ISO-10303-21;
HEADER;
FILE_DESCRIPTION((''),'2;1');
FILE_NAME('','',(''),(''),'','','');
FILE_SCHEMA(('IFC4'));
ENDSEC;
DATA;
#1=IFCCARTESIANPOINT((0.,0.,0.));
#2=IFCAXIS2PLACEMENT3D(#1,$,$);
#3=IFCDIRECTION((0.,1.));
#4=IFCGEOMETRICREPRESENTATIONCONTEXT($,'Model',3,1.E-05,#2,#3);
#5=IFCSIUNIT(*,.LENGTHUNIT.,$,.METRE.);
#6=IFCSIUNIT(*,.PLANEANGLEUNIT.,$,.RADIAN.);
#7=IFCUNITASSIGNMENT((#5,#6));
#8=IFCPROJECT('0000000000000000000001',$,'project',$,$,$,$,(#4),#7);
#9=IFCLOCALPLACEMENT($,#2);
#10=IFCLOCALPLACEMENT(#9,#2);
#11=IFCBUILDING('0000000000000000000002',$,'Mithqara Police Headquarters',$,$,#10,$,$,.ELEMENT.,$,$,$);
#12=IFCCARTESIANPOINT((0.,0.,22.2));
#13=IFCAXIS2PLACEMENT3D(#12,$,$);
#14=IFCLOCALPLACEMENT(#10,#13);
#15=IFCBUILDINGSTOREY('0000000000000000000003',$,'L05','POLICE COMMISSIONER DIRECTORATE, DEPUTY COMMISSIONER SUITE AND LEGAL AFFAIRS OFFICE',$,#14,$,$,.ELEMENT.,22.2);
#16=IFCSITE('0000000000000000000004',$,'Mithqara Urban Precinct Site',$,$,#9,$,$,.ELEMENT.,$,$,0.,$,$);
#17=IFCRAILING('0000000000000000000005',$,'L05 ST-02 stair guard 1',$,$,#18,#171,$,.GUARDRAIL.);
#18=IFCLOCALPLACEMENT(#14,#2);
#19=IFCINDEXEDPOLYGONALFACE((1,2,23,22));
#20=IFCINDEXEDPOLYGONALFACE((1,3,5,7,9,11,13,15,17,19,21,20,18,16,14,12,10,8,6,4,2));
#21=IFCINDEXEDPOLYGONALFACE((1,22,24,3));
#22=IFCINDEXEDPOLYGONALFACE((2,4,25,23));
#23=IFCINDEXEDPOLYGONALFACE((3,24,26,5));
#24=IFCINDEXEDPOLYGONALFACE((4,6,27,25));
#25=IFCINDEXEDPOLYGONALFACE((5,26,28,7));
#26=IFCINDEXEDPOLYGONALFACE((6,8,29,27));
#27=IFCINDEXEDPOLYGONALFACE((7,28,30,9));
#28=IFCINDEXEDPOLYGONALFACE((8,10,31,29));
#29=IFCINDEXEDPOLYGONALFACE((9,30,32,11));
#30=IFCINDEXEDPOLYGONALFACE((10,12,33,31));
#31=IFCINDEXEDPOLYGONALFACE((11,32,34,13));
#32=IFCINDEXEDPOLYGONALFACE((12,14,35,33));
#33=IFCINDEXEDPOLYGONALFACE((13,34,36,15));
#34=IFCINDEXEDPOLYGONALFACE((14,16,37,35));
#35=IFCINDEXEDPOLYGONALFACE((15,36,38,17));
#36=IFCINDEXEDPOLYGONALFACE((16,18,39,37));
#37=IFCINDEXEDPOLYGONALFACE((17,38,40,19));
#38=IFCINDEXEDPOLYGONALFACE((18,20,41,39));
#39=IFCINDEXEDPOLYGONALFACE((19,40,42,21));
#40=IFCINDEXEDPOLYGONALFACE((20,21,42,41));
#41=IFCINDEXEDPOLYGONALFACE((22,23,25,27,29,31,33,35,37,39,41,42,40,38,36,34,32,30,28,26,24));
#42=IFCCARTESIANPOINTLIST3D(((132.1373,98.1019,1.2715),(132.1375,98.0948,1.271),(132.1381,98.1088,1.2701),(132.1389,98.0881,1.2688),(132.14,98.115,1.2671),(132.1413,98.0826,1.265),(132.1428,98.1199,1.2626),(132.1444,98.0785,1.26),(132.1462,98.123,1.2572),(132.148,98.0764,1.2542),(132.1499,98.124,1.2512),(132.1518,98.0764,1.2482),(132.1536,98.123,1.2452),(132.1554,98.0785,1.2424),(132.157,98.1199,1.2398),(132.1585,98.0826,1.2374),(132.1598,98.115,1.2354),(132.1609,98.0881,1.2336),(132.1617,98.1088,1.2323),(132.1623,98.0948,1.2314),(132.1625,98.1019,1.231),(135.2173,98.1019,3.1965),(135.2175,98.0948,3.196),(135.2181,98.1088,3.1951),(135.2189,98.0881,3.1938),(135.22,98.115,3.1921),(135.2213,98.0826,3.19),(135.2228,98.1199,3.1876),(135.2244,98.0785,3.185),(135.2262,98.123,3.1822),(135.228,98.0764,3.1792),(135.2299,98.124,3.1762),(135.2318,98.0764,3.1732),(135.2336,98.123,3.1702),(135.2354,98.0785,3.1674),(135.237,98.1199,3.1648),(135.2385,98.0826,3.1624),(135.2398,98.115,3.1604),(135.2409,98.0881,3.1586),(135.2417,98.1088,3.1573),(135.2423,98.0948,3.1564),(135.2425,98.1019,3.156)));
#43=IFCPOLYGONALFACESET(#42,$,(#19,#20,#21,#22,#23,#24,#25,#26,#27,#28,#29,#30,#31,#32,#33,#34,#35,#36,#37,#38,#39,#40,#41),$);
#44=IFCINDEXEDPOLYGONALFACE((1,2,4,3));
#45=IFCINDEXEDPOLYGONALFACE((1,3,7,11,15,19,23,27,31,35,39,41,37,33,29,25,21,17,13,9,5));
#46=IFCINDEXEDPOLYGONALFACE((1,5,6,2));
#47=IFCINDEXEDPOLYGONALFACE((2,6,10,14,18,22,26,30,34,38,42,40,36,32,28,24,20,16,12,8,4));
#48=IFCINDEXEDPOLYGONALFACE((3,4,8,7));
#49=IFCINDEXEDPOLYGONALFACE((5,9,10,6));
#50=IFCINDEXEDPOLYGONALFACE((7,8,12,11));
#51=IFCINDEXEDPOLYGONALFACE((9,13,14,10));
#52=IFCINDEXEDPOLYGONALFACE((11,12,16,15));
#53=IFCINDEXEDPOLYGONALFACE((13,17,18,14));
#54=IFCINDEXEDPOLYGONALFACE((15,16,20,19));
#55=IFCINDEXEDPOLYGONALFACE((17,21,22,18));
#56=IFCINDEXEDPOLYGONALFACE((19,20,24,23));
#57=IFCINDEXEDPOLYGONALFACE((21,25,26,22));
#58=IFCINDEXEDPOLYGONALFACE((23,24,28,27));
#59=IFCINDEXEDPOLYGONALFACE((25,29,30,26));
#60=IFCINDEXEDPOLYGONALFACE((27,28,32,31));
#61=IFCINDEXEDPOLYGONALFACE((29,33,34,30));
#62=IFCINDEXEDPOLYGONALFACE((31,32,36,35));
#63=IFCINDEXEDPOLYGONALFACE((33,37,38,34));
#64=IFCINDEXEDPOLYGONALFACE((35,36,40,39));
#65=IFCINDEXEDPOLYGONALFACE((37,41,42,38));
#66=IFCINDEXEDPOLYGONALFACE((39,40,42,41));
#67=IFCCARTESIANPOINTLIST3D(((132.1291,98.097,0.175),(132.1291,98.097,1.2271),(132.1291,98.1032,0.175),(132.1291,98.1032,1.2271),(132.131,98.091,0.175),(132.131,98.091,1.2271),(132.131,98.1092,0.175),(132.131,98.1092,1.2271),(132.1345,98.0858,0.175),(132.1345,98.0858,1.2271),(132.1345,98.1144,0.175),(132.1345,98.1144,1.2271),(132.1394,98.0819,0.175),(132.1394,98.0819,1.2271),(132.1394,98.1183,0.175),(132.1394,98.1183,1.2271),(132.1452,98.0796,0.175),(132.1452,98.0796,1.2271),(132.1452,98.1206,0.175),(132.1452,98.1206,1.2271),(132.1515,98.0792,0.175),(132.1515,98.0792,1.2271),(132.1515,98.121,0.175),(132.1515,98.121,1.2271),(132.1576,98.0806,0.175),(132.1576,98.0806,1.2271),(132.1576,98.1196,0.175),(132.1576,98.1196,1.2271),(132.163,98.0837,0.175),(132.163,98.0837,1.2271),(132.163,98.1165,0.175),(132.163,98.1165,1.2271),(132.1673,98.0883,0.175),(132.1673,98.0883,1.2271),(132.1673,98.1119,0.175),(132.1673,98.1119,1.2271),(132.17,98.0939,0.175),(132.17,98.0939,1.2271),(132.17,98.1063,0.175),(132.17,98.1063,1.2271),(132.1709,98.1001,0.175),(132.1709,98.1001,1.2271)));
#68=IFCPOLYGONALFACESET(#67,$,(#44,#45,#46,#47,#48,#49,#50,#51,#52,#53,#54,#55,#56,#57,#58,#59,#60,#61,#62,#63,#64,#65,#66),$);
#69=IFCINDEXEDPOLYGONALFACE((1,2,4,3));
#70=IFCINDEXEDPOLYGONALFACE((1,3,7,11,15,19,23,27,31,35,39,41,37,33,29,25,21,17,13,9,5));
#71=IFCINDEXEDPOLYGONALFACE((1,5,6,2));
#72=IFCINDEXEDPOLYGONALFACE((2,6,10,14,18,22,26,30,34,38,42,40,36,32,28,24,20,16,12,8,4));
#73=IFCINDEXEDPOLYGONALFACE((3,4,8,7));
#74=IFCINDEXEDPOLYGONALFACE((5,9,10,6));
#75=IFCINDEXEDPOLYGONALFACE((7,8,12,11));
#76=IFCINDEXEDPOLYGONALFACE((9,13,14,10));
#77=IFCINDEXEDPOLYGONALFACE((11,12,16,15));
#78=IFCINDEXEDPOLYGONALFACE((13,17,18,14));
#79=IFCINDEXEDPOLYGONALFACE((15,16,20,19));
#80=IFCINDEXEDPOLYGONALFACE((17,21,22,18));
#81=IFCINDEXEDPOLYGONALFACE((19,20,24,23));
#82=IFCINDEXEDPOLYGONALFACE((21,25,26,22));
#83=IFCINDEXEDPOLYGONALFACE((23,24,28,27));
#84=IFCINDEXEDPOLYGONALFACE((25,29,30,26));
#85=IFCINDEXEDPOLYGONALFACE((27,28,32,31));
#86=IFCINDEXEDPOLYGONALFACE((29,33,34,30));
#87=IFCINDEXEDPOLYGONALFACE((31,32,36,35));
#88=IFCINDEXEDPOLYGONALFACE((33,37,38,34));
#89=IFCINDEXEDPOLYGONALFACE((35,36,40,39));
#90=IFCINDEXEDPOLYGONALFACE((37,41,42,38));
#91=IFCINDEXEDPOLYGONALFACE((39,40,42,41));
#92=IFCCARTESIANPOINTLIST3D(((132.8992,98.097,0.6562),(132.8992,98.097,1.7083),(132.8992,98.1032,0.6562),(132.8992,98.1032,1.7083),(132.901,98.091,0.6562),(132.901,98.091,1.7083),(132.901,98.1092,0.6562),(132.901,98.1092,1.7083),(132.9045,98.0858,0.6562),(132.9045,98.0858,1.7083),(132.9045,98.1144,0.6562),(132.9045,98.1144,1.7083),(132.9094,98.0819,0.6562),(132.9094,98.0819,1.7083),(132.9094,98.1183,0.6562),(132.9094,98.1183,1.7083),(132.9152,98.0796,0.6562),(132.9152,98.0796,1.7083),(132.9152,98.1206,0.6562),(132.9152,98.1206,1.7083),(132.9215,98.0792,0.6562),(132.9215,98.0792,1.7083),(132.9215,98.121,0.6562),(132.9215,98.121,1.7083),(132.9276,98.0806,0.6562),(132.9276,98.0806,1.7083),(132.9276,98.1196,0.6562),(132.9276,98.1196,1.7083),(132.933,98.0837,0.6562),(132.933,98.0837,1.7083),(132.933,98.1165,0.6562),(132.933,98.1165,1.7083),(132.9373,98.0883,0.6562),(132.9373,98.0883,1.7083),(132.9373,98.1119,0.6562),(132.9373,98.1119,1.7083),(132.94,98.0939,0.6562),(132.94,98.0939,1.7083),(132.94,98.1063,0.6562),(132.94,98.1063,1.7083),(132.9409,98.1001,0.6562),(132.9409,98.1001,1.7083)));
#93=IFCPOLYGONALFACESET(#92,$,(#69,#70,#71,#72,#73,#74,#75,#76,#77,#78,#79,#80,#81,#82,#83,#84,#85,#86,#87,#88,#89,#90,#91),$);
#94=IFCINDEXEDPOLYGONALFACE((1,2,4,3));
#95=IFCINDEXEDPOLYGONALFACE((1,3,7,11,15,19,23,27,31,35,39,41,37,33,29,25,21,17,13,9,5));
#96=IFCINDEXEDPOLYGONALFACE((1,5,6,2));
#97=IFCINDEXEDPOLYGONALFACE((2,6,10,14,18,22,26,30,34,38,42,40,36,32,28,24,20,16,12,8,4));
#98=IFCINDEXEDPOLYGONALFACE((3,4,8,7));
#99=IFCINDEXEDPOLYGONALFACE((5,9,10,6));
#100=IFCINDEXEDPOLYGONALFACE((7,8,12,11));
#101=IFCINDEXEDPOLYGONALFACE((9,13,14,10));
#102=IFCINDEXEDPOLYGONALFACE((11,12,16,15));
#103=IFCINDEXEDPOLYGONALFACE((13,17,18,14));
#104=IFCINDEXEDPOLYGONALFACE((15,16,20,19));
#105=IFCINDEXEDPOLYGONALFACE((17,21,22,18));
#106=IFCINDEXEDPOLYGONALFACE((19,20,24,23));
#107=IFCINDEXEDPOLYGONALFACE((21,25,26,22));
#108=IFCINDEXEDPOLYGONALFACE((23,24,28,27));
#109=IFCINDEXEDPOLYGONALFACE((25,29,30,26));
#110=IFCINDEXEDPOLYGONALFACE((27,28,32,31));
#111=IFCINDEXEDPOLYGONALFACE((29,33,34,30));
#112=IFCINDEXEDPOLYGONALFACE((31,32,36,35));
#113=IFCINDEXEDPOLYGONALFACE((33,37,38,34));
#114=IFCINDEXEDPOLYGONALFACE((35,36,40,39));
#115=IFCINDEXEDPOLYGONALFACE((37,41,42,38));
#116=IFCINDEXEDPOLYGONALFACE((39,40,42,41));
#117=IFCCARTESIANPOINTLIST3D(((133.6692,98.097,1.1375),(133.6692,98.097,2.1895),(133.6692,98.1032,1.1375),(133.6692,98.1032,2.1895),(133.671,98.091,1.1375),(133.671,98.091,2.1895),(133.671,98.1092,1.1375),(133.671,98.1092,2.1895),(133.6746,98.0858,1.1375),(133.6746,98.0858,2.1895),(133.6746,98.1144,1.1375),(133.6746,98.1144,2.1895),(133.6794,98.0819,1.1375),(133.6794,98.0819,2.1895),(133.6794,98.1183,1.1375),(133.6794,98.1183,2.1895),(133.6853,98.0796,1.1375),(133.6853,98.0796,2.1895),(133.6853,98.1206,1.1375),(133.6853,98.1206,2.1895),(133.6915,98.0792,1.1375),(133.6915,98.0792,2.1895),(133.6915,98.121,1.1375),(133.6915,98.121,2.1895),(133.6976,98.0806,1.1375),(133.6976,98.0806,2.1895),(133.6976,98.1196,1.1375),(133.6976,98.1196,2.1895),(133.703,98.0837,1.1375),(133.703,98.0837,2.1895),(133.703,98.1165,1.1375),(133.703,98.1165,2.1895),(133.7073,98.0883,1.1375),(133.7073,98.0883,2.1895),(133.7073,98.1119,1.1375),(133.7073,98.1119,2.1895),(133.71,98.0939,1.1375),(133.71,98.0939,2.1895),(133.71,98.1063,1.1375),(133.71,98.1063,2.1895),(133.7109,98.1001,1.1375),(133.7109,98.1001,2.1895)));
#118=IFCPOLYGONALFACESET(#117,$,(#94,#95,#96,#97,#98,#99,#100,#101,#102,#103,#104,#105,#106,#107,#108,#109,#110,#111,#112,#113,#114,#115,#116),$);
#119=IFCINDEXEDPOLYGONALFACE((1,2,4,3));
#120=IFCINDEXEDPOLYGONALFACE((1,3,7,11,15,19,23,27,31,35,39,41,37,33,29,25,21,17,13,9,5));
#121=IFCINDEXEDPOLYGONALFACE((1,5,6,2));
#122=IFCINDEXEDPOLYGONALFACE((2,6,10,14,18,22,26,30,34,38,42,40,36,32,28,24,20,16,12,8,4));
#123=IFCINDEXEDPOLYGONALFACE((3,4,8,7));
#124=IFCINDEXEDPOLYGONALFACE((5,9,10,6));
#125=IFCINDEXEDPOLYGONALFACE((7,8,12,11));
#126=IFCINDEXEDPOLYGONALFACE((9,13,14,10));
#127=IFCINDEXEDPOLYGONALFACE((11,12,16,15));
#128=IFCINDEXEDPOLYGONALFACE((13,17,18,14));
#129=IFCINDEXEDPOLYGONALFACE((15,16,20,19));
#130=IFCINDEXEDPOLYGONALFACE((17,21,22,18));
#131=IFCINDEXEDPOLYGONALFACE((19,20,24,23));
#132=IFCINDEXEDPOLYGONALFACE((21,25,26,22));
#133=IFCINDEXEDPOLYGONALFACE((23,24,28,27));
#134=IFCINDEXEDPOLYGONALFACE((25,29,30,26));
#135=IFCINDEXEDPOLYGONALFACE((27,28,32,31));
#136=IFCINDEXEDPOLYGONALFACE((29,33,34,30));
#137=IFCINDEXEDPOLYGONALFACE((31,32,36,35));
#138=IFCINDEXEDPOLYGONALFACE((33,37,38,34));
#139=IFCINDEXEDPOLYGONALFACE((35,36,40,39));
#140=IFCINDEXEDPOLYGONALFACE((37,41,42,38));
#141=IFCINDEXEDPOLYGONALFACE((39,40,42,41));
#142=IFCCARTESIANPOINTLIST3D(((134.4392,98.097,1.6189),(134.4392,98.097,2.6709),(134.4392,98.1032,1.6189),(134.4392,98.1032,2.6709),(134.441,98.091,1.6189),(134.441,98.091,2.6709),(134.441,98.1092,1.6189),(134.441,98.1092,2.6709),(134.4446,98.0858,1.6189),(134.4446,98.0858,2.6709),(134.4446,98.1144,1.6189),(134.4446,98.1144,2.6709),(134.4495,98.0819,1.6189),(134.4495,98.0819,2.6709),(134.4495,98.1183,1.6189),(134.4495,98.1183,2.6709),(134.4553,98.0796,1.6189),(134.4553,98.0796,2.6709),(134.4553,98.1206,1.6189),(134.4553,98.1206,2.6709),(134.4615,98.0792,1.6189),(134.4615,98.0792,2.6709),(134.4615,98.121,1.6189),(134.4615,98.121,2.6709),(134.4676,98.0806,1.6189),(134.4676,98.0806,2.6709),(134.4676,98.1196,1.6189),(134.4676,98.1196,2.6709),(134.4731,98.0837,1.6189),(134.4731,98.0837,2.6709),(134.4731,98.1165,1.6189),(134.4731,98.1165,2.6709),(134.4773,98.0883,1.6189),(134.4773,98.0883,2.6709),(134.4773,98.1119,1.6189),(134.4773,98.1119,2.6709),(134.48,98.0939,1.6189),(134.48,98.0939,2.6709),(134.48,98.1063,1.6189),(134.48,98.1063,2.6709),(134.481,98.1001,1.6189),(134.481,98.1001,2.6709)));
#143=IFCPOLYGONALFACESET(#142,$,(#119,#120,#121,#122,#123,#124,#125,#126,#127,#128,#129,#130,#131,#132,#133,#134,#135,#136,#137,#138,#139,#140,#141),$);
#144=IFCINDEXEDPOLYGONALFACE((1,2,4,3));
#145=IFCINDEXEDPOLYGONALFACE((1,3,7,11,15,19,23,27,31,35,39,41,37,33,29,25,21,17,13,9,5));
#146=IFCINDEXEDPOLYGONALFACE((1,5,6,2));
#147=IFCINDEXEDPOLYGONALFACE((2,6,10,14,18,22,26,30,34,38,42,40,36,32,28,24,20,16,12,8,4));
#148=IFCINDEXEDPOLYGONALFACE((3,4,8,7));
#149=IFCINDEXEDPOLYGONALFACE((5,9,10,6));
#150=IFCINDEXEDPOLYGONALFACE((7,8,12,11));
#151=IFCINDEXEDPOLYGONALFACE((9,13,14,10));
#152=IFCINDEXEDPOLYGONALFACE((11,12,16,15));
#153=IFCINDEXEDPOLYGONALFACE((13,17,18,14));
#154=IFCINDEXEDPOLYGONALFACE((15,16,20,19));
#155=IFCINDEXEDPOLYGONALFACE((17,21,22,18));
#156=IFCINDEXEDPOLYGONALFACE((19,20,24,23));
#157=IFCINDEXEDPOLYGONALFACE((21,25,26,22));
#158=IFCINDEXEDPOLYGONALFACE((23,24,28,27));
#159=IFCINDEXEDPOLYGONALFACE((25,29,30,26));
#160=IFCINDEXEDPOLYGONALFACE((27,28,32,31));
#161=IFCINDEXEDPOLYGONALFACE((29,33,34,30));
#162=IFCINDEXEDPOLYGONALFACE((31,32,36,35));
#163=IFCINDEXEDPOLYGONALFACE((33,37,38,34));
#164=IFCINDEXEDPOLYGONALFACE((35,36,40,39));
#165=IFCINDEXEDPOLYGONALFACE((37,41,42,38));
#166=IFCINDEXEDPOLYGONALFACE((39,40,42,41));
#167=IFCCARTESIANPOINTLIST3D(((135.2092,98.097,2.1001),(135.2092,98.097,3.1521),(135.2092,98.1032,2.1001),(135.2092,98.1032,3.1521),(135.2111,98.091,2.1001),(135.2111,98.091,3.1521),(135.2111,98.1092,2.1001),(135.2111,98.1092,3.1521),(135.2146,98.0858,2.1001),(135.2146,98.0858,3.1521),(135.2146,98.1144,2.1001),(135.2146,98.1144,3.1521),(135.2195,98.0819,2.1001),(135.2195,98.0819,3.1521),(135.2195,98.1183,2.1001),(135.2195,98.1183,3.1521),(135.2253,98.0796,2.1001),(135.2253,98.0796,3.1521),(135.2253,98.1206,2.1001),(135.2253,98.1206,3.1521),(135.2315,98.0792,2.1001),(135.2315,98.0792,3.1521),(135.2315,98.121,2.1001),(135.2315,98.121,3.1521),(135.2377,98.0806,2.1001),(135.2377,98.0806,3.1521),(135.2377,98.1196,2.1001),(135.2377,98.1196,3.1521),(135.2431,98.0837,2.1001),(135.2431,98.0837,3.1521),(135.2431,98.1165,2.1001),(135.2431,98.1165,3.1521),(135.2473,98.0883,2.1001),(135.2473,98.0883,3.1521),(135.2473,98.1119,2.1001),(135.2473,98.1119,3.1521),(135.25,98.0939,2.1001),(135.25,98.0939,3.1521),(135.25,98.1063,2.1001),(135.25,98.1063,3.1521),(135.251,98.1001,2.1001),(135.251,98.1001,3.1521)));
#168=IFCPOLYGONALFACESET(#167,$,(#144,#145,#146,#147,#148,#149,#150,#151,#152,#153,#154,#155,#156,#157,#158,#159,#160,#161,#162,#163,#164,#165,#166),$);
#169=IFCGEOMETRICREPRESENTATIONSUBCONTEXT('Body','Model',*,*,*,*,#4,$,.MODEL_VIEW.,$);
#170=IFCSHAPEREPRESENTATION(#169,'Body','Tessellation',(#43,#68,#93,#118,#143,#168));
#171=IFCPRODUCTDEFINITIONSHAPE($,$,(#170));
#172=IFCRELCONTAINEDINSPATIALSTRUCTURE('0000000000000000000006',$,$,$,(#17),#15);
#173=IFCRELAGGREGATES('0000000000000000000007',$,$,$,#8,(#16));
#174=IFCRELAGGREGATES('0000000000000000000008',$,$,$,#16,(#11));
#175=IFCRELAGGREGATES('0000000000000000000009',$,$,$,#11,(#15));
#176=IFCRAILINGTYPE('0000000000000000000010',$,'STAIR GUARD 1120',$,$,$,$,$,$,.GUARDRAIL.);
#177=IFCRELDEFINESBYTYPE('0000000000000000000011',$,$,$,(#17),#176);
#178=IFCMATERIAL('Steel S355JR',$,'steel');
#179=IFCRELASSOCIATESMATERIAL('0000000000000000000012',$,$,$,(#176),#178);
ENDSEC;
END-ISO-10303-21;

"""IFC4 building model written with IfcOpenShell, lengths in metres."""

from ifc_helpers import new_model, si_unit, direction, frame, origin, origin_2d, place, context, subcontext, project, spatial, circle, extrude, material, type_object, element, save


model = new_model("IFC4")

# Units and contexts
model_context = context("Model", 3, precision=1e-05, world=origin(), true_north=direction((0.0, 1.0)))
body_context = subcontext(model_context, "Body", "Model", "MODEL_VIEW")
ifc_project = project(units=[si_unit("LENGTHUNIT", "METRE"), si_unit("PLANEANGLEUNIT", "RADIAN")], contexts=[model_context])

# Site, building, storey
site_placement = place(None, origin())
site = spatial("IfcSite", under=ifc_project, at=site_placement, Name="Mithqara Urban Precinct Site", CompositionType="ELEMENT", RefElevation=0.0)
building_placement = place(site_placement, origin())
building = spatial("IfcBuilding", under=site, at=building_placement, Name="Mithqara Police Headquarters", CompositionType="ELEMENT")
storey_placement = place(building_placement, frame((0.0, 0.0, 22.2)))
storey = spatial("IfcBuildingStorey", under=building, at=storey_placement, Name="L05", Description="POLICE COMMISSIONER DIRECTORATE, DEPUTY COMMISSIONER SUITE AND LEGAL AFFAIRS OFFICE", CompositionType="ELEMENT", Elevation=22.2)

# Shared definitions
ifc_material_1 = material(Name="Steel S355JR", Category="steel")

# Railing
railing_type_1 = type_object("IfcRailingType", Name="STAIR GUARD 1120", PredefinedType="GUARDRAIL", material=ifc_material_1)
railing_1_placement = place(storey_placement, frame((132.1499, 98.1001, 0.175)))
element("IfcRailing", 1, at=railing_1_placement, inside=storey, type_object=railing_type_1, Name="L05 ST-02 stair guard 1", PredefinedType="GUARDRAIL", context=body_context, shape_type="SweptSolid", body=[
    extrude(circle(Radius=0.0239, at=origin_2d()), frame((0.0, 0.0, 1.0762), z_axis=(0.847998, 0.0, 0.529999), x_axis=(0.0, 1.0, 0.0)), (0.0, 0.0, 1.0), 3.6321),
    extrude(circle(Radius=0.021, at=origin_2d()), origin(), (0.0, 0.0, 1.0), 1.052),
    extrude(circle(Radius=0.021, at=origin_2d()), frame((0.77, 0.0, 0.4812)), (0.0, 0.0, 1.0), 1.052),
    extrude(circle(Radius=0.021, at=origin_2d()), frame((1.54, 0.0, 0.9624)), (0.0, 0.0, 1.0), 1.052),
    extrude(circle(Radius=0.021, at=origin_2d()), frame((2.3101, 0.0, 1.4438)), (0.0, 0.0, 1.0), 1.052),
    extrude(circle(Radius=0.021, at=origin_2d()), frame((3.0801, 0.0, 1.925)), (0.0, 0.0, 1.0), 1.052),
])

save(model, "model.ifc")
